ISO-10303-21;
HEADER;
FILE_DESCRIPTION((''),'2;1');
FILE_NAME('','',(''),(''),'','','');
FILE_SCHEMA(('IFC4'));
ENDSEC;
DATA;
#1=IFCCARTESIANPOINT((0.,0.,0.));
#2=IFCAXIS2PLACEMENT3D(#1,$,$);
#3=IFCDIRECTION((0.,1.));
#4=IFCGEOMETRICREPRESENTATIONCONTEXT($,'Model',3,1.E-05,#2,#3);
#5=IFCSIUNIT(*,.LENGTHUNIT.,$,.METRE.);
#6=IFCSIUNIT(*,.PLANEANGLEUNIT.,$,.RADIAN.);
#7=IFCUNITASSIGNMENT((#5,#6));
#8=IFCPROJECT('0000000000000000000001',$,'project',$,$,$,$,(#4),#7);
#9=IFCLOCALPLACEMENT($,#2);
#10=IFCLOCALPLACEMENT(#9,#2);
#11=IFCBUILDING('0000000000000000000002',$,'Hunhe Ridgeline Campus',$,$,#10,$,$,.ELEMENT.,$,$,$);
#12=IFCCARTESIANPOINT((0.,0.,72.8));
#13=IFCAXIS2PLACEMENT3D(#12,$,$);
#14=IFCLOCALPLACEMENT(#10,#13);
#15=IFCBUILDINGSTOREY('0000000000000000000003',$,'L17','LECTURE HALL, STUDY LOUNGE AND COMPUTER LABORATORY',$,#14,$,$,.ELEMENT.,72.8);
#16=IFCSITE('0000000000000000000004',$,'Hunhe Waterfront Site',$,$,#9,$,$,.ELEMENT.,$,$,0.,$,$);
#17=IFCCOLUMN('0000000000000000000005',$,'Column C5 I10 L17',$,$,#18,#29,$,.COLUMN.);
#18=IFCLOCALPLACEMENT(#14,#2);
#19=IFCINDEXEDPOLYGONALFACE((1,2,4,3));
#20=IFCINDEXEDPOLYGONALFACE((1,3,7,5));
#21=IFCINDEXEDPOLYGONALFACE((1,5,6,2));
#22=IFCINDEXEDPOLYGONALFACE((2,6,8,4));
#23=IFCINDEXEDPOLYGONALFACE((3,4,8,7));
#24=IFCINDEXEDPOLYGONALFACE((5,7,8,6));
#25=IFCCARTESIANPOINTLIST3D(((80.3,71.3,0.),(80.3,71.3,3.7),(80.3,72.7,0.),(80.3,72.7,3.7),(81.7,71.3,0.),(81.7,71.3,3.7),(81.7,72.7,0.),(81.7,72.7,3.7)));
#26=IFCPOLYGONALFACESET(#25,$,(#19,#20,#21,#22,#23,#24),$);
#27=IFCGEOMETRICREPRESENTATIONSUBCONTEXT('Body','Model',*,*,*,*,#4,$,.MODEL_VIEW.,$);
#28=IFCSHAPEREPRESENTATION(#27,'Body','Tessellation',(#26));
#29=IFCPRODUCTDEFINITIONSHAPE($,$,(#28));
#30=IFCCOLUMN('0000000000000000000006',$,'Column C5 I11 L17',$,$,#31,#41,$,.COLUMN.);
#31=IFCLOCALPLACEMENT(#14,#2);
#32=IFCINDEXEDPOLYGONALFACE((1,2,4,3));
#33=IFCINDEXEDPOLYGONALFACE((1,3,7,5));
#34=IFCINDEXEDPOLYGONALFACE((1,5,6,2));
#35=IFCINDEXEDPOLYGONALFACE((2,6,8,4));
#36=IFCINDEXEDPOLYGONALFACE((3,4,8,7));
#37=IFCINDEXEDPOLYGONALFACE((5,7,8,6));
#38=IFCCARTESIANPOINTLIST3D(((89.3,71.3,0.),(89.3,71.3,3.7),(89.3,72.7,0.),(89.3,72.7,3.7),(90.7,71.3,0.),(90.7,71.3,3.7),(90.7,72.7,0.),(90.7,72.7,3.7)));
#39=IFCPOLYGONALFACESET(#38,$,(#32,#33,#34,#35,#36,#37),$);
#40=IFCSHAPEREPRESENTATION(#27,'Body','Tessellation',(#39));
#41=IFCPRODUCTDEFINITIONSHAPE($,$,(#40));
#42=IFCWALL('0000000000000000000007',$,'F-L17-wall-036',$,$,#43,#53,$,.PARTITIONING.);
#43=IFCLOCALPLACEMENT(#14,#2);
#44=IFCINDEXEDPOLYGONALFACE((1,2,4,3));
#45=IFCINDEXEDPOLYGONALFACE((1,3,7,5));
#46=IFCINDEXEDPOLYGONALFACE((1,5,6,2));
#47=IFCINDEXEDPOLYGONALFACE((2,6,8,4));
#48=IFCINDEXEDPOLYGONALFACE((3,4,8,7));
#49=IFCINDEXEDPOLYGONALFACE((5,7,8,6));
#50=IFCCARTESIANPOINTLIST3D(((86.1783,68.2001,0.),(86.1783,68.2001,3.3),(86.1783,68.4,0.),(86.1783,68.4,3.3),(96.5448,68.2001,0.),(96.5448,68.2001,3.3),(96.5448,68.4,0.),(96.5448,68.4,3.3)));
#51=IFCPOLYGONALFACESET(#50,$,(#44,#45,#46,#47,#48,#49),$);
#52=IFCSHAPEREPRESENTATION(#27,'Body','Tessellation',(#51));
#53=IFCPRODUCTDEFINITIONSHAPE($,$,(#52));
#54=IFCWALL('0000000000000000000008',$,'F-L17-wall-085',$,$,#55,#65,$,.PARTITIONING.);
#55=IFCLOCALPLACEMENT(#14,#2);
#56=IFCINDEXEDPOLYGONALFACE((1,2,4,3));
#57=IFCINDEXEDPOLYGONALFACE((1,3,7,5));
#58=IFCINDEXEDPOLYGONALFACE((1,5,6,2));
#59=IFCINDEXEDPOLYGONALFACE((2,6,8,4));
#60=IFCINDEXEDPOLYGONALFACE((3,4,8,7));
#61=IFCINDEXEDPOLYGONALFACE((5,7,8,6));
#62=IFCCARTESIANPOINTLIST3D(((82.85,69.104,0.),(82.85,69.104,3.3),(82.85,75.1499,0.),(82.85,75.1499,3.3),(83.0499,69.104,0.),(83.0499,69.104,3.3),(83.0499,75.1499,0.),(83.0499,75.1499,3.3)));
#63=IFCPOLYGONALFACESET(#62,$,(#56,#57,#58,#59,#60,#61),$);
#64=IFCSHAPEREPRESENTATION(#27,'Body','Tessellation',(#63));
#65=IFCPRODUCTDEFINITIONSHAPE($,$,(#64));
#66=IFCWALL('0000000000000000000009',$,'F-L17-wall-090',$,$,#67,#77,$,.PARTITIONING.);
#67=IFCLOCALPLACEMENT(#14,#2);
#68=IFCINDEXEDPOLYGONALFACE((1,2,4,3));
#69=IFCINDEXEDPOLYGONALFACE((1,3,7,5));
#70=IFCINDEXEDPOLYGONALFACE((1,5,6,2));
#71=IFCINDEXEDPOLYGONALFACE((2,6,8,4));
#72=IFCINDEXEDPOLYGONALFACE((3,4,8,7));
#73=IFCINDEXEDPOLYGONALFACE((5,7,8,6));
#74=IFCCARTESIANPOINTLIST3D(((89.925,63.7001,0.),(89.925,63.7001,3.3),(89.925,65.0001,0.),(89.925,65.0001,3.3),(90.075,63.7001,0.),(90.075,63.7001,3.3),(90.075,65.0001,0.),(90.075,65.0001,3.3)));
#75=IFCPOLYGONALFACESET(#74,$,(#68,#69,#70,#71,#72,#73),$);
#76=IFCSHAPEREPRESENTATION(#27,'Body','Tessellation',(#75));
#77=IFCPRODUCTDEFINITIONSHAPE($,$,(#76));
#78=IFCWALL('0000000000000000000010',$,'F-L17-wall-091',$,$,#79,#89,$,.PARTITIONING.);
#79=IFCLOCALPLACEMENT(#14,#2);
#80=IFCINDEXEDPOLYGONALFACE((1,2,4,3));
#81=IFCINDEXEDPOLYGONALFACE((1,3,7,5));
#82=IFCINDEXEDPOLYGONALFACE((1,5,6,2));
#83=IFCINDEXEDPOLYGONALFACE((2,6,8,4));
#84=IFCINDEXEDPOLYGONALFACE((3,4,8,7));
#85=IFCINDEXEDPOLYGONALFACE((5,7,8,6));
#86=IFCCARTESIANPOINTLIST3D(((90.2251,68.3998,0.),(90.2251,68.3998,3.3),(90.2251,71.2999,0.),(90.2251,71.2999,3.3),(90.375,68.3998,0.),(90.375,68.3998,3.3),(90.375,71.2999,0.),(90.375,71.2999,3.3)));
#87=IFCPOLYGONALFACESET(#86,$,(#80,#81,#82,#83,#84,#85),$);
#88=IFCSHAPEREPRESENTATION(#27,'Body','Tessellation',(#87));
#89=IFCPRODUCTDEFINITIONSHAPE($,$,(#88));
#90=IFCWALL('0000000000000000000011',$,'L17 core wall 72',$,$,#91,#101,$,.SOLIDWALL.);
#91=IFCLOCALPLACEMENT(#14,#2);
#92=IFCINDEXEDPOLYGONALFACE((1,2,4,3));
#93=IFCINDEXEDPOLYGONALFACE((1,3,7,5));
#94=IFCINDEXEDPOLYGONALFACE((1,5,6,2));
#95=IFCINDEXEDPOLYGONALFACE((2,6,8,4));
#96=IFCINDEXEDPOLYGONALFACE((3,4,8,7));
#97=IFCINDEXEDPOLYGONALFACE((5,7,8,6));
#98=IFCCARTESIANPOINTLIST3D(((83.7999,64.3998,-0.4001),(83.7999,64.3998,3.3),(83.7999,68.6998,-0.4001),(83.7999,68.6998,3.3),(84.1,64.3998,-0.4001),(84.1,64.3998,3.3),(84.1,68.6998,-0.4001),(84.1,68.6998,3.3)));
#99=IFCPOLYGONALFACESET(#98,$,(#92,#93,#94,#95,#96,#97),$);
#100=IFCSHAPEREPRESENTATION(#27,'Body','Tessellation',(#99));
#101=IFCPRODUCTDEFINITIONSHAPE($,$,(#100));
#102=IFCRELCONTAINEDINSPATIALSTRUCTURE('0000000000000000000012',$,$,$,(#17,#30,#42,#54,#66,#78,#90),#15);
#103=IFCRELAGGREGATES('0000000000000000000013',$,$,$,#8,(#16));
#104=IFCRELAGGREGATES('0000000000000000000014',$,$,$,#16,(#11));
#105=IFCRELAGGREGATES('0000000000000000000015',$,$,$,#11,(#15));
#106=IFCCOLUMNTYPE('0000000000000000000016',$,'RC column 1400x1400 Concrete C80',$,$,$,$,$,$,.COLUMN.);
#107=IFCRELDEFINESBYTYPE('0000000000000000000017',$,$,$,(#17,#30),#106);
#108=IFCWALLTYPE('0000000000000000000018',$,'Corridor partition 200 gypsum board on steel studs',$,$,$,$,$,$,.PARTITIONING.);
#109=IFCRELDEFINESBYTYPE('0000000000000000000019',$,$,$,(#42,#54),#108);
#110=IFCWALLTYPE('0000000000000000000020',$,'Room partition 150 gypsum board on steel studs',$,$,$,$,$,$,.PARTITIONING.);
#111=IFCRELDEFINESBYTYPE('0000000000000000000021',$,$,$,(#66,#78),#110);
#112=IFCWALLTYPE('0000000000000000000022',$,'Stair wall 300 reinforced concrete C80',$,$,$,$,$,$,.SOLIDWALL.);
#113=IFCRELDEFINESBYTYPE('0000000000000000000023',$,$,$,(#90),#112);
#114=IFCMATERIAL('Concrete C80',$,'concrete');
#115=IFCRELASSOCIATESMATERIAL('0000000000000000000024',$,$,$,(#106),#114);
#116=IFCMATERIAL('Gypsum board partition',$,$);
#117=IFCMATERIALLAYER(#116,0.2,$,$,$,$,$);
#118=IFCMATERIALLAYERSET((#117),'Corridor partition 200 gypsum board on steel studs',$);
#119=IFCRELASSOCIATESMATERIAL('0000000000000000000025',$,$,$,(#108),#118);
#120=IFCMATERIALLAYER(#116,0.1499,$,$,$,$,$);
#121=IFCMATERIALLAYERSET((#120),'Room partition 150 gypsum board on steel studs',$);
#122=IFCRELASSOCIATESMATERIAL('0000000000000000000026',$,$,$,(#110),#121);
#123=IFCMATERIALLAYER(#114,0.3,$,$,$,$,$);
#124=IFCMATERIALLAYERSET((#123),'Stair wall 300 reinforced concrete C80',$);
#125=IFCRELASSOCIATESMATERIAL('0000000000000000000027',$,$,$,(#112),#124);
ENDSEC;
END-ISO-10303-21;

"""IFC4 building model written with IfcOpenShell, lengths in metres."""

from ifc_helpers import new_model, si_unit, direction, frame, frame_2d, origin, origin_2d, place, context, subcontext, project, spatial, rectangle, extrude, material, layer, layer_set, material_profile, profile_set, type_object, element, save


model = new_model("IFC4")

# Units and contexts
model_context = context("Model", 3, precision=1e-05, world=origin(), true_north=direction((0.0, 1.0)))
body_context = subcontext(model_context, "Body", "Model", "MODEL_VIEW")
ifc_project = project(units=[si_unit("LENGTHUNIT", "METRE"), si_unit("PLANEANGLEUNIT", "RADIAN")], contexts=[model_context])

# Site, building, storey
site_placement = place(None, origin())
site = spatial("IfcSite", under=ifc_project, at=site_placement, Name="Hunhe Waterfront Site", CompositionType="ELEMENT", RefElevation=0.0)
building_placement = place(site_placement, origin())
building = spatial("IfcBuilding", under=site, at=building_placement, Name="Hunhe Ridgeline Campus", CompositionType="ELEMENT")
storey_placement = place(building_placement, frame((0.0, 0.0, 72.8)))
storey = spatial("IfcBuildingStorey", under=building, at=storey_placement, Name="L17", Description="LECTURE HALL, STUDY LOUNGE AND COMPUTER LABORATORY", CompositionType="ELEMENT", Elevation=72.8)

# Columns
ifc_material_1 = material(Name="Concrete C80", Category="concrete")
ifc_material_profile = material_profile(ifc_material_1, rectangle(XDim=1.3999, YDim=1.3999, at=origin_2d()))
ifc_profile_set = profile_set([ifc_material_profile], Name="Concrete C80")
column_type = type_object("IfcColumnType", Name="RC column 1400x1400 Concrete C80", PredefinedType="COLUMN", material=ifc_profile_set)
for number, where, z_axis, x_axis, name in (
    (1, (81.0, 72.0, 0.0), (0.0, 0.0, 1.0), (1.0, 0.0, 0.0), "Column C5 I10 L17"),
    (2, (90.0, 72.0, 0.0), (0.0, 0.0, 1.0), (1.0, 0.0, 0.0), "Column C5 I11 L17"),
):
    element("IfcColumn", number, at=place(storey_placement, frame(where, z_axis=z_axis, x_axis=x_axis)), inside=storey, type_object=column_type, Name=name, PredefinedType="COLUMN", context=body_context, shape_type="SweptSolid", body=[
        extrude(rectangle(XDim=1.3999, YDim=1.3999, at=origin_2d()), origin(), (0.0, 0.0, 1.0), 3.7),
    ])

# Wall
ifc_material_2 = material(Name="Gypsum board partition")
ifc_layer_1 = layer(ifc_material_2, 0.2)
ifc_layer_set_1 = layer_set([ifc_layer_1], Name="Corridor partition 200 gypsum board on steel studs")
wall_type_1 = type_object("IfcWallType", Name="Corridor partition 200 gypsum board on steel studs", PredefinedType="PARTITIONING", material=ifc_layer_set_1)
wall_1_placement = place(storey_placement, frame((86.1785, 68.3, 0.0), z_axis=(0.0, 0.0, 1.0), x_axis=(1.0, 0.0, 0.0)))
element("IfcWall", 3, at=wall_1_placement, inside=storey, type_object=wall_type_1, Name="F-L17-wall-036", PredefinedType="PARTITIONING", context=body_context, shape_type="SweptSolid", body=[
    extrude(rectangle(XDim=10.3665, YDim=0.2, at=frame_2d((5.1831, 0.0))), origin(), (0.0, 0.0, 1.0), 3.3),
])

# Wall
wall_2_placement = place(storey_placement, frame((82.95, 69.104, 0.0), z_axis=(0.0, 0.0, 1.0), x_axis=(0.0, 1.0, 0.0)))
element("IfcWall", 4, at=wall_2_placement, inside=storey, type_object=wall_type_1, Name="F-L17-wall-085", PredefinedType="PARTITIONING", context=body_context, shape_type="SweptSolid", body=[
    extrude(rectangle(XDim=6.0459, YDim=0.2, at=frame_2d((3.0229, 0.0))), origin(), (0.0, 0.0, 1.0), 3.3),
])

# Walls
ifc_layer_2 = layer(ifc_material_2, 0.1499)
ifc_layer_set_2 = layer_set([ifc_layer_2], Name="Room partition 150 gypsum board on steel studs")
wall_type_2 = type_object("IfcWallType", Name="Room partition 150 gypsum board on steel studs", PredefinedType="PARTITIONING", material=ifc_layer_set_2)
wall_3_placement = place(storey_placement, frame((90.0, 65.0, 0.0), z_axis=(0.0, 0.0, 1.0), x_axis=(0.0, -1.0, 0.0)))
element("IfcWall", 5, at=wall_3_placement, inside=storey, type_object=wall_type_2, Name="F-L17-wall-090", PredefinedType="PARTITIONING", context=body_context, shape_type="SweptSolid", body=[
    extrude(rectangle(XDim=1.3, YDim=0.1499, at=frame_2d((0.6499, 0.0))), origin(), (0.0, 0.0, 1.0), 3.3),
])
wall_4_placement = place(storey_placement, frame((90.3, 71.3, 0.0), z_axis=(0.0, 0.0, 1.0), x_axis=(0.0, -1.0, 0.0)))
element("IfcWall", 6, at=wall_4_placement, inside=storey, type_object=wall_type_2, Name="F-L17-wall-091", PredefinedType="PARTITIONING", context=body_context, shape_type="SweptSolid", body=[
    extrude(rectangle(XDim=2.9001, YDim=0.1499, at=frame_2d((1.4502, 0.0))), origin(), (0.0, 0.0, 1.0), 3.3),
])
ifc_layer_3 = layer(ifc_material_1, 0.3)
ifc_layer_set_3 = layer_set([ifc_layer_3], Name="Stair wall 300 reinforced concrete C80")
wall_type_3 = type_object("IfcWallType", Name="Stair wall 300 reinforced concrete C80", PredefinedType="SOLIDWALL", material=ifc_layer_set_3)
wall_5_placement = place(storey_placement, frame((83.95, 64.3999, -0.4001), z_axis=(0.0, 0.0, 1.0), x_axis=(0.0, 1.0, 0.0)))
element("IfcWall", 7, at=wall_5_placement, inside=storey, type_object=wall_type_3, Name="L17 core wall 72", PredefinedType="SOLIDWALL", context=body_context, shape_type="SweptSolid", body=[
    extrude(rectangle(XDim=4.3, YDim=0.3, at=frame_2d((2.1499, 0.0))), origin(), (0.0, 0.0, 1.0), 3.7002),
])

save(model, "model.ifc")
